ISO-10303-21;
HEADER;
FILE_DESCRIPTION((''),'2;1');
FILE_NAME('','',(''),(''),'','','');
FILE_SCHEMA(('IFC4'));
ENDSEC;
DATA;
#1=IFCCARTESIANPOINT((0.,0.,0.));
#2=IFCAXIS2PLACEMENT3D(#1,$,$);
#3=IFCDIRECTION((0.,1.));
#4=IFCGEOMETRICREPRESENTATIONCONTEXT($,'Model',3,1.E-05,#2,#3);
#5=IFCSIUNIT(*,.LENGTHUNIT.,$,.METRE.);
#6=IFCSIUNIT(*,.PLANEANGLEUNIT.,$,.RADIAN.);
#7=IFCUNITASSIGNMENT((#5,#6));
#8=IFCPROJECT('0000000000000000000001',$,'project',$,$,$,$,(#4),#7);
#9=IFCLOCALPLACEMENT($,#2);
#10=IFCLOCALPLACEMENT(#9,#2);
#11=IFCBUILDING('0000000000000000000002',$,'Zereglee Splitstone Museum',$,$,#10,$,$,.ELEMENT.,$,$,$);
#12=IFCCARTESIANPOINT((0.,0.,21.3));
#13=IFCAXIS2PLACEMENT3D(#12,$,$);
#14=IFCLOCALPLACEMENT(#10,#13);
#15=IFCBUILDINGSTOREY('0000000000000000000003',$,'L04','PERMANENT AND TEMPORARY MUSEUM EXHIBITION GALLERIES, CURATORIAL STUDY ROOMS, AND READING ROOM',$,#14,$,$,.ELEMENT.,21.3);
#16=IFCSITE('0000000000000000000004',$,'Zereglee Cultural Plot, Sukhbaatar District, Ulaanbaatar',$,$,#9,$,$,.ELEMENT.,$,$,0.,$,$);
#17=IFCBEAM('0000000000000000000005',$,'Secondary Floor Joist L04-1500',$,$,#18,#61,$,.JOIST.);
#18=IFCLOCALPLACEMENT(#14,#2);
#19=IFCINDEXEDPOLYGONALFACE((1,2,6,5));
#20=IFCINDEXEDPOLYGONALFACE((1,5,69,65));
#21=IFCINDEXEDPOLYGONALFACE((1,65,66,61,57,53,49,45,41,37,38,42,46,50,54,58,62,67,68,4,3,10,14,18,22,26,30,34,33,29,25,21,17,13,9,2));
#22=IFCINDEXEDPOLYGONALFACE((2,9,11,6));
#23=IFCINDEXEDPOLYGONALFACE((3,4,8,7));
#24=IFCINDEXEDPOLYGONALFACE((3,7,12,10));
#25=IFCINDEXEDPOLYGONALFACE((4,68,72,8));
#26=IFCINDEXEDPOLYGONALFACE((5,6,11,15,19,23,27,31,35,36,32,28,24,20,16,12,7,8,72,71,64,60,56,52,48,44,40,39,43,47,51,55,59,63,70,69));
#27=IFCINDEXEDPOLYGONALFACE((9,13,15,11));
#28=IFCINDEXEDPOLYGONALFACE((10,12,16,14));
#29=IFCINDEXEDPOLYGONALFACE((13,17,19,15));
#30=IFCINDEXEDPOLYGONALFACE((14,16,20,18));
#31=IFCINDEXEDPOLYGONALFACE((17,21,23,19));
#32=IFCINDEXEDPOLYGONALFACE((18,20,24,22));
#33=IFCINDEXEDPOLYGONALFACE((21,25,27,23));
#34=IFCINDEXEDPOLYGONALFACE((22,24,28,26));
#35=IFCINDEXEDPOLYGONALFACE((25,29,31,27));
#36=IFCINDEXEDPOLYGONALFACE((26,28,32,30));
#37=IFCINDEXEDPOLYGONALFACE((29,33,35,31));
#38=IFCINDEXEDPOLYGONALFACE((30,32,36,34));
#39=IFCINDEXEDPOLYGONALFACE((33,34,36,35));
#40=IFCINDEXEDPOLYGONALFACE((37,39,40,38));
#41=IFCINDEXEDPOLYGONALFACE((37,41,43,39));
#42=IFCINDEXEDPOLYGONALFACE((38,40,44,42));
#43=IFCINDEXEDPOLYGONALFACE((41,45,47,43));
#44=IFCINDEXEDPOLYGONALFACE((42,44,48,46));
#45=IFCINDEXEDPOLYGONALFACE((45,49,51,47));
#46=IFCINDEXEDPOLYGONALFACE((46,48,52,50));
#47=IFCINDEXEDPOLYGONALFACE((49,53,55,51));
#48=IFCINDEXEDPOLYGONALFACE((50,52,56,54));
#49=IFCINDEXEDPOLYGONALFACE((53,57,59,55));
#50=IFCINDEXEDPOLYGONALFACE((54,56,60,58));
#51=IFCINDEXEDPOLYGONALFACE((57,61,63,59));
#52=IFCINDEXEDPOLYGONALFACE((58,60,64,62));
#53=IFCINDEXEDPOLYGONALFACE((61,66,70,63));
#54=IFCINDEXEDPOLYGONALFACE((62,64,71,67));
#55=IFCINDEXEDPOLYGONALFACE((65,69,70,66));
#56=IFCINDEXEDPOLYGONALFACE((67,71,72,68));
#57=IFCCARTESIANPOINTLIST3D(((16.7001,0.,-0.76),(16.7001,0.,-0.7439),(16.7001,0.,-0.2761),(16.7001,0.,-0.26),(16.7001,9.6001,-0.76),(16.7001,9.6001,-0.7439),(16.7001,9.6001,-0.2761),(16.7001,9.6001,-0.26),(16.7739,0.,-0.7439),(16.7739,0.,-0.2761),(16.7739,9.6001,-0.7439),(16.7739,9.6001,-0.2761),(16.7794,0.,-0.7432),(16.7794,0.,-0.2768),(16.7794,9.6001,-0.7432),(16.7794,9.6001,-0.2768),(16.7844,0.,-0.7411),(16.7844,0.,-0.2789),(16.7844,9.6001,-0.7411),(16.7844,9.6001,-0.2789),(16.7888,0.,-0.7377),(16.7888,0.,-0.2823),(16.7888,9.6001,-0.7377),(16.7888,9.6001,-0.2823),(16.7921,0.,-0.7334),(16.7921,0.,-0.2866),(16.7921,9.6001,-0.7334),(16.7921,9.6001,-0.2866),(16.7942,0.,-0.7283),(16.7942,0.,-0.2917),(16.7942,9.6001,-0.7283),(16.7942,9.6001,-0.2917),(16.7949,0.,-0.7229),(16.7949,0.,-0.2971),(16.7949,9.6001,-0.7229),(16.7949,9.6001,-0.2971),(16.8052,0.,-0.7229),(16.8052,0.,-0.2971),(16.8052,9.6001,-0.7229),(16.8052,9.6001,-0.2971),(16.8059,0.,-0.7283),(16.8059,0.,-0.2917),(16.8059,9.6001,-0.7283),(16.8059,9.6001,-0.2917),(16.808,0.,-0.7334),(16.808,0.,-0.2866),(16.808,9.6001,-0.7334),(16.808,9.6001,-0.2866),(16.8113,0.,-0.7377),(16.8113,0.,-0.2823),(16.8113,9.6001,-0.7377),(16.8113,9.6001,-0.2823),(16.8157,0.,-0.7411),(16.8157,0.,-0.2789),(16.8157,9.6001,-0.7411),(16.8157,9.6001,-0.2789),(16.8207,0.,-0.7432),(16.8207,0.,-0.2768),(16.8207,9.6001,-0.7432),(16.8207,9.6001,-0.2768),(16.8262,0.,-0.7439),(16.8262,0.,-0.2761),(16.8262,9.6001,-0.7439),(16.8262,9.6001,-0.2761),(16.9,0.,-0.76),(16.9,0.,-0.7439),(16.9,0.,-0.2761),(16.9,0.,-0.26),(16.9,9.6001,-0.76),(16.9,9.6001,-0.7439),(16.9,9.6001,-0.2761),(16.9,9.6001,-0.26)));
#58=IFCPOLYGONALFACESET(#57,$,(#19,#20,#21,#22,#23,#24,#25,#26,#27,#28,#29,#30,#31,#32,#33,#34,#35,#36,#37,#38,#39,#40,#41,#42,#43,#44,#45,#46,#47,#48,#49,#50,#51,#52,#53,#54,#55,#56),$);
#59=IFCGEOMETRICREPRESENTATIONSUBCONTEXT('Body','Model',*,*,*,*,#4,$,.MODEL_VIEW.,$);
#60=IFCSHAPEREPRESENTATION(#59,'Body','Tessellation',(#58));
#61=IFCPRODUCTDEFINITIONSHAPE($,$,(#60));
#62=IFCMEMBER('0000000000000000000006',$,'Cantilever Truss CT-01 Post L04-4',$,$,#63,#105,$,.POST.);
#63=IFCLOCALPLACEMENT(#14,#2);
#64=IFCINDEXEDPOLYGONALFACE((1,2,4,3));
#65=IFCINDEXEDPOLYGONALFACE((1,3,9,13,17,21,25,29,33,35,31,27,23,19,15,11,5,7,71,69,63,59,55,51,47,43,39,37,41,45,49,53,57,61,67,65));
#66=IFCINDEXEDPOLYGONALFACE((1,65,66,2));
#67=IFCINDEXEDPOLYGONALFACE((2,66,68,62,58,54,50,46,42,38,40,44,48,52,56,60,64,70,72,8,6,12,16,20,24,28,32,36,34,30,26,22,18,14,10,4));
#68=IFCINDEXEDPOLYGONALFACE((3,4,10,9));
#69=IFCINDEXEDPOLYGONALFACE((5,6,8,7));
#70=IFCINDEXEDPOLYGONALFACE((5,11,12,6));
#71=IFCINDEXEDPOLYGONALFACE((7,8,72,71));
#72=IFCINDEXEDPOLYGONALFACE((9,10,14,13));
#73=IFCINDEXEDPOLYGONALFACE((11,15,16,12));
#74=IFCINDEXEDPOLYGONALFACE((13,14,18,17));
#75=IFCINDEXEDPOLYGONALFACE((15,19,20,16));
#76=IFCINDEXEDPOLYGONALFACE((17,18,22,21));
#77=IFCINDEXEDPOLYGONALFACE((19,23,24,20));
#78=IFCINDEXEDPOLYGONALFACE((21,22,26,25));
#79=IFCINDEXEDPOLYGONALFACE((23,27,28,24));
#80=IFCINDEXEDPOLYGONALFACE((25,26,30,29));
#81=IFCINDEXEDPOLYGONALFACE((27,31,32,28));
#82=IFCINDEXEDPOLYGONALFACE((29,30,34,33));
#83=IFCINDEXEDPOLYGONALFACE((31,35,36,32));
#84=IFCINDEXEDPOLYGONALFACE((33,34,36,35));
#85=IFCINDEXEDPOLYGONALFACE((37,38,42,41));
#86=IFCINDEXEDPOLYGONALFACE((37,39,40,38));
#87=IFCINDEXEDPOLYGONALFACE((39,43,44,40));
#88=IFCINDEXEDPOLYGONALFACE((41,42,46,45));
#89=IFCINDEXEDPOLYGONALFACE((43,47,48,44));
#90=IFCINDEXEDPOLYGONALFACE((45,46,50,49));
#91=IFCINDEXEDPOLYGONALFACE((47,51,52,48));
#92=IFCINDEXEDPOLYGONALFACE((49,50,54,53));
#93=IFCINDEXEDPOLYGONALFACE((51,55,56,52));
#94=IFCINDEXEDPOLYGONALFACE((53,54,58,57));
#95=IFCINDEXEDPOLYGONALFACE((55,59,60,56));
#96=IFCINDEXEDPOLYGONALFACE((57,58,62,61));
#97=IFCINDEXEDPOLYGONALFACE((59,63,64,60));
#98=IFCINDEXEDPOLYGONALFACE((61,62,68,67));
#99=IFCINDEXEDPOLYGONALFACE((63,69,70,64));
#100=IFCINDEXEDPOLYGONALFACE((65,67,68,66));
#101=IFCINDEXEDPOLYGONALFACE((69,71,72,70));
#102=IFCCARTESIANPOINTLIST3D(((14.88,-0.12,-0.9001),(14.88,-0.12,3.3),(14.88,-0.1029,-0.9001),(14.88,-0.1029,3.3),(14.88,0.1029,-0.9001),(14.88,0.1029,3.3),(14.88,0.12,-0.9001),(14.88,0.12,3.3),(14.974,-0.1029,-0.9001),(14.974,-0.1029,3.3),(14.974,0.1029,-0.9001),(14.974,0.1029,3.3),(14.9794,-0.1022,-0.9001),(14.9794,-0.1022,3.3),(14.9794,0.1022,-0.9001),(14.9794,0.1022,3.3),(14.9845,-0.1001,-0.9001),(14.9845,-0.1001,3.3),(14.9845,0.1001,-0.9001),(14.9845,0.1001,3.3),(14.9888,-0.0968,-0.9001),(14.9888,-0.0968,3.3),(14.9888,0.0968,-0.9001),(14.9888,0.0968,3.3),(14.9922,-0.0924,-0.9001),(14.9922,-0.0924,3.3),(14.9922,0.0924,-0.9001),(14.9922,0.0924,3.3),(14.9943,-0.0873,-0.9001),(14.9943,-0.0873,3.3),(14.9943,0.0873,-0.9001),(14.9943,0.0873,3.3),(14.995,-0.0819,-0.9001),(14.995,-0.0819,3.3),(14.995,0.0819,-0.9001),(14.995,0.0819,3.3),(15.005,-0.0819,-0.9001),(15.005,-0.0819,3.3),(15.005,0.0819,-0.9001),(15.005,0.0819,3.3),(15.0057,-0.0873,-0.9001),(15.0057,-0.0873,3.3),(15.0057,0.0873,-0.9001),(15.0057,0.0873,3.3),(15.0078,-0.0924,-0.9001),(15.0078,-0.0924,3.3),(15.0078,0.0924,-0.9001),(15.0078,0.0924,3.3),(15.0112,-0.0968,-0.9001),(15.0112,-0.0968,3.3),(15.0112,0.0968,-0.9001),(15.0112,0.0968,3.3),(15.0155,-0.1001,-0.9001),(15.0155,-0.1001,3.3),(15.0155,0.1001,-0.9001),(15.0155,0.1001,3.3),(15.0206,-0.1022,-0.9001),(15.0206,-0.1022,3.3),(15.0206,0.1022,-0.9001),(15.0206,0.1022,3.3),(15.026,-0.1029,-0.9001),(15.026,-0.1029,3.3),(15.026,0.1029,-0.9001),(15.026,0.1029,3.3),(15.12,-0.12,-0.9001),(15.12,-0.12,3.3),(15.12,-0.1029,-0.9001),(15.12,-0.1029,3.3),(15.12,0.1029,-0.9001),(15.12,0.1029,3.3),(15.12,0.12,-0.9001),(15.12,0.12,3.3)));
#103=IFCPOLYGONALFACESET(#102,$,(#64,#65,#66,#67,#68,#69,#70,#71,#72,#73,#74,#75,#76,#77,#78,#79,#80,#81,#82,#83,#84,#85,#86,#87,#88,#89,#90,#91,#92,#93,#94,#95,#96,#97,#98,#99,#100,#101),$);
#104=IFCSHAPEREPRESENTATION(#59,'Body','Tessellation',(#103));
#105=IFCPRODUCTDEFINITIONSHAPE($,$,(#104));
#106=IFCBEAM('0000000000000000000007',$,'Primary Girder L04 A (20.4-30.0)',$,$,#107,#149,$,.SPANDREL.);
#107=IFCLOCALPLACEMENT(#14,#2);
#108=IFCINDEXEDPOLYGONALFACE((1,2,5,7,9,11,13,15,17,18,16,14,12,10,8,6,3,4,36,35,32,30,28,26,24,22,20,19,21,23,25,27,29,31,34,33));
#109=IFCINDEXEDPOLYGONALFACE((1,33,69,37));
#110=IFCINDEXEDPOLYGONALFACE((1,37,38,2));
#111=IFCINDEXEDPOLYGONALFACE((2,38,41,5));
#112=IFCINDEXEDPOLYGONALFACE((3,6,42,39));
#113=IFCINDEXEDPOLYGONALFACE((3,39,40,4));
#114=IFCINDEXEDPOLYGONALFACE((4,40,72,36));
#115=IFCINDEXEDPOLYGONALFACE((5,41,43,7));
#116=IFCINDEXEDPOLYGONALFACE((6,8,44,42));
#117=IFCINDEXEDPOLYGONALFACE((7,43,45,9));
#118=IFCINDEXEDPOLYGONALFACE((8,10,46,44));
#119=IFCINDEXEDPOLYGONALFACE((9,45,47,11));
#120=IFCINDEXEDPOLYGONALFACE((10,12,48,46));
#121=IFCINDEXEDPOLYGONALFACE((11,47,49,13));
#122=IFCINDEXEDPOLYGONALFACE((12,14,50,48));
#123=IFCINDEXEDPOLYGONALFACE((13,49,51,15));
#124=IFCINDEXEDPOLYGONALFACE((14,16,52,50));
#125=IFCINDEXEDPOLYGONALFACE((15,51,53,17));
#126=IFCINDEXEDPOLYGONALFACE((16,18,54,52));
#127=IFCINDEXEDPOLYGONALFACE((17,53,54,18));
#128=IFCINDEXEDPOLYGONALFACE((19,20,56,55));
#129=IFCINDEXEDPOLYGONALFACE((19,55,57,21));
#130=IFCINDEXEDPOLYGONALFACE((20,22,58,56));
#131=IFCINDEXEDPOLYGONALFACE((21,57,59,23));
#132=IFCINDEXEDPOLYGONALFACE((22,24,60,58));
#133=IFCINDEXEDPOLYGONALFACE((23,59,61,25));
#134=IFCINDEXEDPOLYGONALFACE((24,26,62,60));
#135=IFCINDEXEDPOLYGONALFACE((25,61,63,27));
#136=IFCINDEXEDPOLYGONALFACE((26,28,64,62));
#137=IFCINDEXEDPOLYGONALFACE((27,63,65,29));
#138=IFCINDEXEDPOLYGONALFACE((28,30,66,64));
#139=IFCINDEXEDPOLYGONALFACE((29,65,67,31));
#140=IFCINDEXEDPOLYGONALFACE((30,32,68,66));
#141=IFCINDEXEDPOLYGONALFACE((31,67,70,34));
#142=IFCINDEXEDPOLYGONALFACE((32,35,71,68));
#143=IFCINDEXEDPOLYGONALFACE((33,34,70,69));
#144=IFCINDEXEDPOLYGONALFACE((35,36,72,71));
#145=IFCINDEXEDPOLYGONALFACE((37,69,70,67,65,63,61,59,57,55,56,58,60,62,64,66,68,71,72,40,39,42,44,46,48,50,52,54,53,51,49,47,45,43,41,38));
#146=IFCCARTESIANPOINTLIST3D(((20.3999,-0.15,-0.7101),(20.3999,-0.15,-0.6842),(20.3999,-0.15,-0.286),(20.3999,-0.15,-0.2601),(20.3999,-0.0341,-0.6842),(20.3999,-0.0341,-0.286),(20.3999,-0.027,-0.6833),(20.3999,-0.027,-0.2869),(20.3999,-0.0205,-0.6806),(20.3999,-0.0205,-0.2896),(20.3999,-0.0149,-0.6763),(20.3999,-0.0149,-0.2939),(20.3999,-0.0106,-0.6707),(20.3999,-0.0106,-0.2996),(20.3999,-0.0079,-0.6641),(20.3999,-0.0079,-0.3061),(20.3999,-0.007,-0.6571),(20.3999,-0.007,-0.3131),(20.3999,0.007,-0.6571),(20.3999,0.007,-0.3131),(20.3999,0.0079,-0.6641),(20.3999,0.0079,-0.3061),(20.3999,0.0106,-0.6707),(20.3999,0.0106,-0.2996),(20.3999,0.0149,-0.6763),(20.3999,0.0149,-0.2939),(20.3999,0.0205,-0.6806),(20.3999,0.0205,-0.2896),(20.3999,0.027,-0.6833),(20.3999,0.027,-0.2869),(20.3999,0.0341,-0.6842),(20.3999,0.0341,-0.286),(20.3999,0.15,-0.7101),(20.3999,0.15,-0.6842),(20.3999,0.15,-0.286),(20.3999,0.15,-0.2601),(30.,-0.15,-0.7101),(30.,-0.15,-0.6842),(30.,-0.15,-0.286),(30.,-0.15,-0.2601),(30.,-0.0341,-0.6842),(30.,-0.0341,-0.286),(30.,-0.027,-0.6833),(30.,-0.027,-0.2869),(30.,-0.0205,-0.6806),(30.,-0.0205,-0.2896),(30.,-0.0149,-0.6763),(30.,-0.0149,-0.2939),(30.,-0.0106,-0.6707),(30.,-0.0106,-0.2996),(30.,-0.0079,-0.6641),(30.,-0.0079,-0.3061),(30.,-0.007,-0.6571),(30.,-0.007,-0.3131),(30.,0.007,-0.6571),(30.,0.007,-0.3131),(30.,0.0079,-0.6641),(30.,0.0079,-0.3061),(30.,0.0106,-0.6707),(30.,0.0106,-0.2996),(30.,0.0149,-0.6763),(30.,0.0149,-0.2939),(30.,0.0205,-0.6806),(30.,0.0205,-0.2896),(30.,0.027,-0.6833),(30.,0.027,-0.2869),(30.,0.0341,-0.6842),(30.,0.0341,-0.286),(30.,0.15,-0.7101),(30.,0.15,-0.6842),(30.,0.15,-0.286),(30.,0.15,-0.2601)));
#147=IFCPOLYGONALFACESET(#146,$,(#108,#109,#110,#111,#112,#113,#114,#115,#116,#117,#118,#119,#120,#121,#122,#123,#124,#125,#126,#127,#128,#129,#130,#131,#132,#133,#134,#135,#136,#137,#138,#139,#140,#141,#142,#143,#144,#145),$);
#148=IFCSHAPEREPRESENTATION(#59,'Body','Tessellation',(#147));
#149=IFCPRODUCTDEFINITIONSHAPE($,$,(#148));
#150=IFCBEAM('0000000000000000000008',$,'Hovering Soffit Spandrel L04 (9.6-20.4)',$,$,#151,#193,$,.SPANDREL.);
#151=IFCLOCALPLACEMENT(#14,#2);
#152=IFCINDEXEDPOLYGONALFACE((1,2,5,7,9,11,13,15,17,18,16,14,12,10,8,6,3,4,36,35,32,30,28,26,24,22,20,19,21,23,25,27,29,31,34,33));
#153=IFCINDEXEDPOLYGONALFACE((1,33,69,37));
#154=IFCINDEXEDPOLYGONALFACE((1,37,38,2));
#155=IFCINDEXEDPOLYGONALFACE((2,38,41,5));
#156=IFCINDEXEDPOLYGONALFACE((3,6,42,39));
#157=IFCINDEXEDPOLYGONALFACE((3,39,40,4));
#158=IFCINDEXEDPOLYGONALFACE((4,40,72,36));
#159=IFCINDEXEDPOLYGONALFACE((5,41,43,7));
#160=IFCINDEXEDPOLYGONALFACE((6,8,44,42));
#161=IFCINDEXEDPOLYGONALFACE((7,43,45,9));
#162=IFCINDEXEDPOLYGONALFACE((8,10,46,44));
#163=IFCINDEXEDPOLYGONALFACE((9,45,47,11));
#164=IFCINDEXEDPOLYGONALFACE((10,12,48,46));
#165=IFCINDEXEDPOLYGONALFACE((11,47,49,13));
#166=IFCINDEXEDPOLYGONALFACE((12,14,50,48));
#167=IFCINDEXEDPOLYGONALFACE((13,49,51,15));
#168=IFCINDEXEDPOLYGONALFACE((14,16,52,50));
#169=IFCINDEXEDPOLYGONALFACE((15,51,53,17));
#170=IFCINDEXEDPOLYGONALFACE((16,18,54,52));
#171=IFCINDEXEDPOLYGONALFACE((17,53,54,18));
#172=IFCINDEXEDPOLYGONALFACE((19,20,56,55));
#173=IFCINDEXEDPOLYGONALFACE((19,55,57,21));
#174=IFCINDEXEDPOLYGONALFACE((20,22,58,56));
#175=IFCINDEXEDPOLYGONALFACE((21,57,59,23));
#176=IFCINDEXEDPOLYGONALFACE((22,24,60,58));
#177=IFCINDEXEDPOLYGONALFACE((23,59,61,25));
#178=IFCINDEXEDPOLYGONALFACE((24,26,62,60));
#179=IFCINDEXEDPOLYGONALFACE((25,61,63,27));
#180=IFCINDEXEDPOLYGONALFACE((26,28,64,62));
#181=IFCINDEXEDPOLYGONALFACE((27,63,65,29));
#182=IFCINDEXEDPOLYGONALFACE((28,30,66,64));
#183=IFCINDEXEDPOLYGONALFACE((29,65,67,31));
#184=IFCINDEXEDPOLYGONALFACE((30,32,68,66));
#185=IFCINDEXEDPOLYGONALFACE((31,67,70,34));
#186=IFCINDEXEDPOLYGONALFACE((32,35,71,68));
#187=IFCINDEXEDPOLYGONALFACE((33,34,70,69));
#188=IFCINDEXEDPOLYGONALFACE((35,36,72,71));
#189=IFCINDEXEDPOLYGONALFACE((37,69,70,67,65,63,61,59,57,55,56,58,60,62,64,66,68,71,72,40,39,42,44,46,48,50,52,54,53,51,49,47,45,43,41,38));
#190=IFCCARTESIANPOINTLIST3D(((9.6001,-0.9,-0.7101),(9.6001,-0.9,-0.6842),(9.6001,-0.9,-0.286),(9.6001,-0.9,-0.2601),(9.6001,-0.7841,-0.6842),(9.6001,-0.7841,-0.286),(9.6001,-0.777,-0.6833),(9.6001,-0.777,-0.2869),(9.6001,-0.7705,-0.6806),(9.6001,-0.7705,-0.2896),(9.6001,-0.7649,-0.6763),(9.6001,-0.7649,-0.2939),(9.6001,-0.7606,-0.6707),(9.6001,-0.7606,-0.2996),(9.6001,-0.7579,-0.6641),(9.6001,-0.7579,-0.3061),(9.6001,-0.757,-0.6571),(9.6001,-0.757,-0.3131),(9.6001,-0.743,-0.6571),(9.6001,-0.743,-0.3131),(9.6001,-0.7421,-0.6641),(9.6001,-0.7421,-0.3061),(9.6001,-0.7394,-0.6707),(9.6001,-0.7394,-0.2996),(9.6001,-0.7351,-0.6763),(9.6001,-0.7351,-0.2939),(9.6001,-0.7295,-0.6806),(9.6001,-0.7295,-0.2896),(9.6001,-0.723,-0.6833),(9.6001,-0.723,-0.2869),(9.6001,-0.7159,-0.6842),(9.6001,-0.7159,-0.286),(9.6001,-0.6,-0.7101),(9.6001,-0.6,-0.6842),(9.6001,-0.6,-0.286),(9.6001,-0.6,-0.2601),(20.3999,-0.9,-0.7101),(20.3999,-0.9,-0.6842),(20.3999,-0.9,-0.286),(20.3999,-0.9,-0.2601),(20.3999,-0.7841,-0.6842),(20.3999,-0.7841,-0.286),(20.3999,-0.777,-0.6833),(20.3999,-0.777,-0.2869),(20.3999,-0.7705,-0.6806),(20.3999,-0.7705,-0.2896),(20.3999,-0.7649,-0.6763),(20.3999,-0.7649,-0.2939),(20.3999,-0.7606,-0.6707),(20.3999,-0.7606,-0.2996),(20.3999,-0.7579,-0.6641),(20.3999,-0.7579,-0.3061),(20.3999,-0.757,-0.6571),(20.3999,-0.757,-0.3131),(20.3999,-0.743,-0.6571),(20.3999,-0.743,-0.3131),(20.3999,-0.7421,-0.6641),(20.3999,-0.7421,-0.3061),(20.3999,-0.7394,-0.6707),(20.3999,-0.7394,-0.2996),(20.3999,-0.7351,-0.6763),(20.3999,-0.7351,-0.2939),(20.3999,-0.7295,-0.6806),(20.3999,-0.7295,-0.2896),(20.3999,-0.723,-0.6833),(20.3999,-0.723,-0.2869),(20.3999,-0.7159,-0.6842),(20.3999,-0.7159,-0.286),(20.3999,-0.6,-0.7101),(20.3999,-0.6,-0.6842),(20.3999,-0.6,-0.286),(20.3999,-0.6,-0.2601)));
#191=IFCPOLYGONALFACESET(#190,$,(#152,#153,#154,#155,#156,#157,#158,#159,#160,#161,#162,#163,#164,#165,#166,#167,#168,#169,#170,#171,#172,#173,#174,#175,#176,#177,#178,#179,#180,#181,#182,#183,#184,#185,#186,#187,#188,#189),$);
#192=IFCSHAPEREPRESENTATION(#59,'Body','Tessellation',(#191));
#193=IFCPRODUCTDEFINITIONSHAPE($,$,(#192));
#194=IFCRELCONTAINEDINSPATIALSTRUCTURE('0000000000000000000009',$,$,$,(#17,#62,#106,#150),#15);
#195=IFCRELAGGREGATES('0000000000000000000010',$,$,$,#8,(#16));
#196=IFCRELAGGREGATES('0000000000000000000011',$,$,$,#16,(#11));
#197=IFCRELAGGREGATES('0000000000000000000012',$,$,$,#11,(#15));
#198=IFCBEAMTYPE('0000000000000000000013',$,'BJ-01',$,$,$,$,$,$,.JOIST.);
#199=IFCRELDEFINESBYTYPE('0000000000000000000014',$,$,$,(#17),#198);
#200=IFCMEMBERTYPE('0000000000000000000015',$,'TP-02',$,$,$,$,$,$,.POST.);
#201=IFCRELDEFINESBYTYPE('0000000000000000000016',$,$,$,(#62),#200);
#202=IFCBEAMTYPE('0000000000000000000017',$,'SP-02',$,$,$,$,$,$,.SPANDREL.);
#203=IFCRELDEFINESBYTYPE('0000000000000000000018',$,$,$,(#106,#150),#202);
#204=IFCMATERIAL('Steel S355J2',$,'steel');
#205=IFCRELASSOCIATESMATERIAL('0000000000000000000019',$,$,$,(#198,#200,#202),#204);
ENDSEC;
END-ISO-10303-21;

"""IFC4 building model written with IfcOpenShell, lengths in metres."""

from ifc_helpers import new_model, si_unit, direction, frame, origin, origin_2d, place, context, subcontext, project, spatial, i_section, extrude, material, material_profile, profile_set, type_object, element, save


model = new_model("IFC4")

# Units and contexts
model_context = context("Model", 3, precision=1e-05, world=origin(), true_north=direction((0.0, 1.0)))
body_context = subcontext(model_context, "Body", "Model", "MODEL_VIEW")
ifc_project = project(units=[si_unit("LENGTHUNIT", "METRE"), si_unit("PLANEANGLEUNIT", "RADIAN")], contexts=[model_context])

# Site, building, storey
site_placement = place(None, origin())
site = spatial("IfcSite", under=ifc_project, at=site_placement, Name="Zereglee Cultural Plot, Sukhbaatar District, Ulaanbaatar", CompositionType="ELEMENT", RefElevation=0.0)
building_placement = place(site_placement, origin())
building = spatial("IfcBuilding", under=site, at=building_placement, Name="Zereglee Splitstone Museum", CompositionType="ELEMENT")
storey_placement = place(building_placement, frame((0.0, 0.0, 21.3)))
storey = spatial("IfcBuildingStorey", under=building, at=storey_placement, Name="L04", Description="PERMANENT AND TEMPORARY MUSEUM EXHIBITION GALLERIES, CURATORIAL STUDY ROOMS, AND READING ROOM", CompositionType="ELEMENT", Elevation=21.3)

# Beam
ifc_material_1 = material(Name="Steel S355J2", Category="steel")
ifc_material_profile_1 = material_profile(ifc_material_1, i_section(OverallWidth=0.2, OverallDepth=0.5, WebThickness=0.0103, FlangeThickness=0.0161, FilletRadius=0.021, at=origin_2d()), Name="IPE 500")
ifc_profile_set_1 = profile_set([ifc_material_profile_1], Name="Steel S355J2")
beam_type_1 = type_object("IfcBeamType", Name="BJ-01", PredefinedType="JOIST", material=ifc_profile_set_1)
for number, where, z_axis, x_axis, name in (
    (1, (16.8, 0.0, -0.51), (0.0, 1.0, 0.0), (-1.0, 0.0, 0.0), "Secondary Floor Joist L04-1500"),
):
    element("IfcBeam", number, at=place(storey_placement, frame(where, z_axis=z_axis, x_axis=x_axis)), inside=storey, type_object=beam_type_1, Name=name, PredefinedType="JOIST", context=body_context, shape_type="SweptSolid", body=[
        extrude(i_section(OverallWidth=0.2, OverallDepth=0.5, WebThickness=0.0103, FlangeThickness=0.0161, FilletRadius=0.021, at=origin_2d()), origin(), (0.0, 0.0, 1.0), 9.6001),
    ])

# Member
ifc_material_profile_2 = material_profile(ifc_material_1, i_section(OverallWidth=0.24, OverallDepth=0.24, WebThickness=0.01, FlangeThickness=0.0171, FilletRadius=0.021, at=origin_2d()), Name="HE 240 B")
ifc_profile_set_2 = profile_set([ifc_material_profile_2], Name="Steel S355J2")
member_type_1 = type_object("IfcMemberType", Name="TP-02", PredefinedType="POST", material=ifc_profile_set_2)
member_1_placement = place(storey_placement, frame((15.0, 0.0, -0.9001), z_axis=(0.0, 0.0, 1.0), x_axis=(1.0, 0.0, 0.0)))
element("IfcMember", 2, at=member_1_placement, inside=storey, type_object=member_type_1, Name="Cantilever Truss CT-01 Post L04-4", PredefinedType="POST", context=body_context, shape_type="SweptSolid", body=[
    extrude(i_section(OverallWidth=0.24, OverallDepth=0.24, WebThickness=0.01, FlangeThickness=0.0171, FilletRadius=0.021, at=origin_2d()), origin(), (0.0, 0.0, 1.0), 4.2002),
])

# Beams
ifc_material_profile_3 = material_profile(ifc_material_1, i_section(OverallWidth=0.3, OverallDepth=0.45, WebThickness=0.0139, FlangeThickness=0.0259, FilletRadius=0.0271, at=origin_2d()), Name="HE 450 B")
ifc_profile_set_3 = profile_set([ifc_material_profile_3], Name="Steel S355J2")
beam_type_2 = type_object("IfcBeamType", Name="SP-02", PredefinedType="SPANDREL", material=ifc_profile_set_3)
beam_1_placement = place(storey_placement, frame((20.3999, 0.0, -0.4851), z_axis=(1.0, 0.0, 0.0), x_axis=(0.0, 1.0, 0.0)))
element("IfcBeam", 3, at=beam_1_placement, inside=storey, type_object=beam_type_2, Name="Primary Girder L04 A (20.4-30.0)", PredefinedType="SPANDREL", context=body_context, shape_type="SweptSolid", body=[
    extrude(i_section(OverallWidth=0.3, OverallDepth=0.45, WebThickness=0.0139, FlangeThickness=0.0259, FilletRadius=0.0271, at=origin_2d()), origin(), (0.0, 0.0, 1.0), 9.6001),
])
beam_2_placement = place(storey_placement, frame((9.6001, -0.75, -0.4851), z_axis=(1.0, 0.0, 0.0), x_axis=(0.0, 1.0, 0.0)))
element("IfcBeam", 4, at=beam_2_placement, inside=storey, type_object=beam_type_2, Name="Hovering Soffit Spandrel L04 (9.6-20.4)", PredefinedType="SPANDREL", context=body_context, shape_type="SweptSolid", body=[
    extrude(i_section(OverallWidth=0.3, OverallDepth=0.45, WebThickness=0.0139, FlangeThickness=0.0259, FilletRadius=0.0271, at=origin_2d()), origin(), (0.0, 0.0, 1.0), 10.7998),
])

save(model, "model.ifc")
